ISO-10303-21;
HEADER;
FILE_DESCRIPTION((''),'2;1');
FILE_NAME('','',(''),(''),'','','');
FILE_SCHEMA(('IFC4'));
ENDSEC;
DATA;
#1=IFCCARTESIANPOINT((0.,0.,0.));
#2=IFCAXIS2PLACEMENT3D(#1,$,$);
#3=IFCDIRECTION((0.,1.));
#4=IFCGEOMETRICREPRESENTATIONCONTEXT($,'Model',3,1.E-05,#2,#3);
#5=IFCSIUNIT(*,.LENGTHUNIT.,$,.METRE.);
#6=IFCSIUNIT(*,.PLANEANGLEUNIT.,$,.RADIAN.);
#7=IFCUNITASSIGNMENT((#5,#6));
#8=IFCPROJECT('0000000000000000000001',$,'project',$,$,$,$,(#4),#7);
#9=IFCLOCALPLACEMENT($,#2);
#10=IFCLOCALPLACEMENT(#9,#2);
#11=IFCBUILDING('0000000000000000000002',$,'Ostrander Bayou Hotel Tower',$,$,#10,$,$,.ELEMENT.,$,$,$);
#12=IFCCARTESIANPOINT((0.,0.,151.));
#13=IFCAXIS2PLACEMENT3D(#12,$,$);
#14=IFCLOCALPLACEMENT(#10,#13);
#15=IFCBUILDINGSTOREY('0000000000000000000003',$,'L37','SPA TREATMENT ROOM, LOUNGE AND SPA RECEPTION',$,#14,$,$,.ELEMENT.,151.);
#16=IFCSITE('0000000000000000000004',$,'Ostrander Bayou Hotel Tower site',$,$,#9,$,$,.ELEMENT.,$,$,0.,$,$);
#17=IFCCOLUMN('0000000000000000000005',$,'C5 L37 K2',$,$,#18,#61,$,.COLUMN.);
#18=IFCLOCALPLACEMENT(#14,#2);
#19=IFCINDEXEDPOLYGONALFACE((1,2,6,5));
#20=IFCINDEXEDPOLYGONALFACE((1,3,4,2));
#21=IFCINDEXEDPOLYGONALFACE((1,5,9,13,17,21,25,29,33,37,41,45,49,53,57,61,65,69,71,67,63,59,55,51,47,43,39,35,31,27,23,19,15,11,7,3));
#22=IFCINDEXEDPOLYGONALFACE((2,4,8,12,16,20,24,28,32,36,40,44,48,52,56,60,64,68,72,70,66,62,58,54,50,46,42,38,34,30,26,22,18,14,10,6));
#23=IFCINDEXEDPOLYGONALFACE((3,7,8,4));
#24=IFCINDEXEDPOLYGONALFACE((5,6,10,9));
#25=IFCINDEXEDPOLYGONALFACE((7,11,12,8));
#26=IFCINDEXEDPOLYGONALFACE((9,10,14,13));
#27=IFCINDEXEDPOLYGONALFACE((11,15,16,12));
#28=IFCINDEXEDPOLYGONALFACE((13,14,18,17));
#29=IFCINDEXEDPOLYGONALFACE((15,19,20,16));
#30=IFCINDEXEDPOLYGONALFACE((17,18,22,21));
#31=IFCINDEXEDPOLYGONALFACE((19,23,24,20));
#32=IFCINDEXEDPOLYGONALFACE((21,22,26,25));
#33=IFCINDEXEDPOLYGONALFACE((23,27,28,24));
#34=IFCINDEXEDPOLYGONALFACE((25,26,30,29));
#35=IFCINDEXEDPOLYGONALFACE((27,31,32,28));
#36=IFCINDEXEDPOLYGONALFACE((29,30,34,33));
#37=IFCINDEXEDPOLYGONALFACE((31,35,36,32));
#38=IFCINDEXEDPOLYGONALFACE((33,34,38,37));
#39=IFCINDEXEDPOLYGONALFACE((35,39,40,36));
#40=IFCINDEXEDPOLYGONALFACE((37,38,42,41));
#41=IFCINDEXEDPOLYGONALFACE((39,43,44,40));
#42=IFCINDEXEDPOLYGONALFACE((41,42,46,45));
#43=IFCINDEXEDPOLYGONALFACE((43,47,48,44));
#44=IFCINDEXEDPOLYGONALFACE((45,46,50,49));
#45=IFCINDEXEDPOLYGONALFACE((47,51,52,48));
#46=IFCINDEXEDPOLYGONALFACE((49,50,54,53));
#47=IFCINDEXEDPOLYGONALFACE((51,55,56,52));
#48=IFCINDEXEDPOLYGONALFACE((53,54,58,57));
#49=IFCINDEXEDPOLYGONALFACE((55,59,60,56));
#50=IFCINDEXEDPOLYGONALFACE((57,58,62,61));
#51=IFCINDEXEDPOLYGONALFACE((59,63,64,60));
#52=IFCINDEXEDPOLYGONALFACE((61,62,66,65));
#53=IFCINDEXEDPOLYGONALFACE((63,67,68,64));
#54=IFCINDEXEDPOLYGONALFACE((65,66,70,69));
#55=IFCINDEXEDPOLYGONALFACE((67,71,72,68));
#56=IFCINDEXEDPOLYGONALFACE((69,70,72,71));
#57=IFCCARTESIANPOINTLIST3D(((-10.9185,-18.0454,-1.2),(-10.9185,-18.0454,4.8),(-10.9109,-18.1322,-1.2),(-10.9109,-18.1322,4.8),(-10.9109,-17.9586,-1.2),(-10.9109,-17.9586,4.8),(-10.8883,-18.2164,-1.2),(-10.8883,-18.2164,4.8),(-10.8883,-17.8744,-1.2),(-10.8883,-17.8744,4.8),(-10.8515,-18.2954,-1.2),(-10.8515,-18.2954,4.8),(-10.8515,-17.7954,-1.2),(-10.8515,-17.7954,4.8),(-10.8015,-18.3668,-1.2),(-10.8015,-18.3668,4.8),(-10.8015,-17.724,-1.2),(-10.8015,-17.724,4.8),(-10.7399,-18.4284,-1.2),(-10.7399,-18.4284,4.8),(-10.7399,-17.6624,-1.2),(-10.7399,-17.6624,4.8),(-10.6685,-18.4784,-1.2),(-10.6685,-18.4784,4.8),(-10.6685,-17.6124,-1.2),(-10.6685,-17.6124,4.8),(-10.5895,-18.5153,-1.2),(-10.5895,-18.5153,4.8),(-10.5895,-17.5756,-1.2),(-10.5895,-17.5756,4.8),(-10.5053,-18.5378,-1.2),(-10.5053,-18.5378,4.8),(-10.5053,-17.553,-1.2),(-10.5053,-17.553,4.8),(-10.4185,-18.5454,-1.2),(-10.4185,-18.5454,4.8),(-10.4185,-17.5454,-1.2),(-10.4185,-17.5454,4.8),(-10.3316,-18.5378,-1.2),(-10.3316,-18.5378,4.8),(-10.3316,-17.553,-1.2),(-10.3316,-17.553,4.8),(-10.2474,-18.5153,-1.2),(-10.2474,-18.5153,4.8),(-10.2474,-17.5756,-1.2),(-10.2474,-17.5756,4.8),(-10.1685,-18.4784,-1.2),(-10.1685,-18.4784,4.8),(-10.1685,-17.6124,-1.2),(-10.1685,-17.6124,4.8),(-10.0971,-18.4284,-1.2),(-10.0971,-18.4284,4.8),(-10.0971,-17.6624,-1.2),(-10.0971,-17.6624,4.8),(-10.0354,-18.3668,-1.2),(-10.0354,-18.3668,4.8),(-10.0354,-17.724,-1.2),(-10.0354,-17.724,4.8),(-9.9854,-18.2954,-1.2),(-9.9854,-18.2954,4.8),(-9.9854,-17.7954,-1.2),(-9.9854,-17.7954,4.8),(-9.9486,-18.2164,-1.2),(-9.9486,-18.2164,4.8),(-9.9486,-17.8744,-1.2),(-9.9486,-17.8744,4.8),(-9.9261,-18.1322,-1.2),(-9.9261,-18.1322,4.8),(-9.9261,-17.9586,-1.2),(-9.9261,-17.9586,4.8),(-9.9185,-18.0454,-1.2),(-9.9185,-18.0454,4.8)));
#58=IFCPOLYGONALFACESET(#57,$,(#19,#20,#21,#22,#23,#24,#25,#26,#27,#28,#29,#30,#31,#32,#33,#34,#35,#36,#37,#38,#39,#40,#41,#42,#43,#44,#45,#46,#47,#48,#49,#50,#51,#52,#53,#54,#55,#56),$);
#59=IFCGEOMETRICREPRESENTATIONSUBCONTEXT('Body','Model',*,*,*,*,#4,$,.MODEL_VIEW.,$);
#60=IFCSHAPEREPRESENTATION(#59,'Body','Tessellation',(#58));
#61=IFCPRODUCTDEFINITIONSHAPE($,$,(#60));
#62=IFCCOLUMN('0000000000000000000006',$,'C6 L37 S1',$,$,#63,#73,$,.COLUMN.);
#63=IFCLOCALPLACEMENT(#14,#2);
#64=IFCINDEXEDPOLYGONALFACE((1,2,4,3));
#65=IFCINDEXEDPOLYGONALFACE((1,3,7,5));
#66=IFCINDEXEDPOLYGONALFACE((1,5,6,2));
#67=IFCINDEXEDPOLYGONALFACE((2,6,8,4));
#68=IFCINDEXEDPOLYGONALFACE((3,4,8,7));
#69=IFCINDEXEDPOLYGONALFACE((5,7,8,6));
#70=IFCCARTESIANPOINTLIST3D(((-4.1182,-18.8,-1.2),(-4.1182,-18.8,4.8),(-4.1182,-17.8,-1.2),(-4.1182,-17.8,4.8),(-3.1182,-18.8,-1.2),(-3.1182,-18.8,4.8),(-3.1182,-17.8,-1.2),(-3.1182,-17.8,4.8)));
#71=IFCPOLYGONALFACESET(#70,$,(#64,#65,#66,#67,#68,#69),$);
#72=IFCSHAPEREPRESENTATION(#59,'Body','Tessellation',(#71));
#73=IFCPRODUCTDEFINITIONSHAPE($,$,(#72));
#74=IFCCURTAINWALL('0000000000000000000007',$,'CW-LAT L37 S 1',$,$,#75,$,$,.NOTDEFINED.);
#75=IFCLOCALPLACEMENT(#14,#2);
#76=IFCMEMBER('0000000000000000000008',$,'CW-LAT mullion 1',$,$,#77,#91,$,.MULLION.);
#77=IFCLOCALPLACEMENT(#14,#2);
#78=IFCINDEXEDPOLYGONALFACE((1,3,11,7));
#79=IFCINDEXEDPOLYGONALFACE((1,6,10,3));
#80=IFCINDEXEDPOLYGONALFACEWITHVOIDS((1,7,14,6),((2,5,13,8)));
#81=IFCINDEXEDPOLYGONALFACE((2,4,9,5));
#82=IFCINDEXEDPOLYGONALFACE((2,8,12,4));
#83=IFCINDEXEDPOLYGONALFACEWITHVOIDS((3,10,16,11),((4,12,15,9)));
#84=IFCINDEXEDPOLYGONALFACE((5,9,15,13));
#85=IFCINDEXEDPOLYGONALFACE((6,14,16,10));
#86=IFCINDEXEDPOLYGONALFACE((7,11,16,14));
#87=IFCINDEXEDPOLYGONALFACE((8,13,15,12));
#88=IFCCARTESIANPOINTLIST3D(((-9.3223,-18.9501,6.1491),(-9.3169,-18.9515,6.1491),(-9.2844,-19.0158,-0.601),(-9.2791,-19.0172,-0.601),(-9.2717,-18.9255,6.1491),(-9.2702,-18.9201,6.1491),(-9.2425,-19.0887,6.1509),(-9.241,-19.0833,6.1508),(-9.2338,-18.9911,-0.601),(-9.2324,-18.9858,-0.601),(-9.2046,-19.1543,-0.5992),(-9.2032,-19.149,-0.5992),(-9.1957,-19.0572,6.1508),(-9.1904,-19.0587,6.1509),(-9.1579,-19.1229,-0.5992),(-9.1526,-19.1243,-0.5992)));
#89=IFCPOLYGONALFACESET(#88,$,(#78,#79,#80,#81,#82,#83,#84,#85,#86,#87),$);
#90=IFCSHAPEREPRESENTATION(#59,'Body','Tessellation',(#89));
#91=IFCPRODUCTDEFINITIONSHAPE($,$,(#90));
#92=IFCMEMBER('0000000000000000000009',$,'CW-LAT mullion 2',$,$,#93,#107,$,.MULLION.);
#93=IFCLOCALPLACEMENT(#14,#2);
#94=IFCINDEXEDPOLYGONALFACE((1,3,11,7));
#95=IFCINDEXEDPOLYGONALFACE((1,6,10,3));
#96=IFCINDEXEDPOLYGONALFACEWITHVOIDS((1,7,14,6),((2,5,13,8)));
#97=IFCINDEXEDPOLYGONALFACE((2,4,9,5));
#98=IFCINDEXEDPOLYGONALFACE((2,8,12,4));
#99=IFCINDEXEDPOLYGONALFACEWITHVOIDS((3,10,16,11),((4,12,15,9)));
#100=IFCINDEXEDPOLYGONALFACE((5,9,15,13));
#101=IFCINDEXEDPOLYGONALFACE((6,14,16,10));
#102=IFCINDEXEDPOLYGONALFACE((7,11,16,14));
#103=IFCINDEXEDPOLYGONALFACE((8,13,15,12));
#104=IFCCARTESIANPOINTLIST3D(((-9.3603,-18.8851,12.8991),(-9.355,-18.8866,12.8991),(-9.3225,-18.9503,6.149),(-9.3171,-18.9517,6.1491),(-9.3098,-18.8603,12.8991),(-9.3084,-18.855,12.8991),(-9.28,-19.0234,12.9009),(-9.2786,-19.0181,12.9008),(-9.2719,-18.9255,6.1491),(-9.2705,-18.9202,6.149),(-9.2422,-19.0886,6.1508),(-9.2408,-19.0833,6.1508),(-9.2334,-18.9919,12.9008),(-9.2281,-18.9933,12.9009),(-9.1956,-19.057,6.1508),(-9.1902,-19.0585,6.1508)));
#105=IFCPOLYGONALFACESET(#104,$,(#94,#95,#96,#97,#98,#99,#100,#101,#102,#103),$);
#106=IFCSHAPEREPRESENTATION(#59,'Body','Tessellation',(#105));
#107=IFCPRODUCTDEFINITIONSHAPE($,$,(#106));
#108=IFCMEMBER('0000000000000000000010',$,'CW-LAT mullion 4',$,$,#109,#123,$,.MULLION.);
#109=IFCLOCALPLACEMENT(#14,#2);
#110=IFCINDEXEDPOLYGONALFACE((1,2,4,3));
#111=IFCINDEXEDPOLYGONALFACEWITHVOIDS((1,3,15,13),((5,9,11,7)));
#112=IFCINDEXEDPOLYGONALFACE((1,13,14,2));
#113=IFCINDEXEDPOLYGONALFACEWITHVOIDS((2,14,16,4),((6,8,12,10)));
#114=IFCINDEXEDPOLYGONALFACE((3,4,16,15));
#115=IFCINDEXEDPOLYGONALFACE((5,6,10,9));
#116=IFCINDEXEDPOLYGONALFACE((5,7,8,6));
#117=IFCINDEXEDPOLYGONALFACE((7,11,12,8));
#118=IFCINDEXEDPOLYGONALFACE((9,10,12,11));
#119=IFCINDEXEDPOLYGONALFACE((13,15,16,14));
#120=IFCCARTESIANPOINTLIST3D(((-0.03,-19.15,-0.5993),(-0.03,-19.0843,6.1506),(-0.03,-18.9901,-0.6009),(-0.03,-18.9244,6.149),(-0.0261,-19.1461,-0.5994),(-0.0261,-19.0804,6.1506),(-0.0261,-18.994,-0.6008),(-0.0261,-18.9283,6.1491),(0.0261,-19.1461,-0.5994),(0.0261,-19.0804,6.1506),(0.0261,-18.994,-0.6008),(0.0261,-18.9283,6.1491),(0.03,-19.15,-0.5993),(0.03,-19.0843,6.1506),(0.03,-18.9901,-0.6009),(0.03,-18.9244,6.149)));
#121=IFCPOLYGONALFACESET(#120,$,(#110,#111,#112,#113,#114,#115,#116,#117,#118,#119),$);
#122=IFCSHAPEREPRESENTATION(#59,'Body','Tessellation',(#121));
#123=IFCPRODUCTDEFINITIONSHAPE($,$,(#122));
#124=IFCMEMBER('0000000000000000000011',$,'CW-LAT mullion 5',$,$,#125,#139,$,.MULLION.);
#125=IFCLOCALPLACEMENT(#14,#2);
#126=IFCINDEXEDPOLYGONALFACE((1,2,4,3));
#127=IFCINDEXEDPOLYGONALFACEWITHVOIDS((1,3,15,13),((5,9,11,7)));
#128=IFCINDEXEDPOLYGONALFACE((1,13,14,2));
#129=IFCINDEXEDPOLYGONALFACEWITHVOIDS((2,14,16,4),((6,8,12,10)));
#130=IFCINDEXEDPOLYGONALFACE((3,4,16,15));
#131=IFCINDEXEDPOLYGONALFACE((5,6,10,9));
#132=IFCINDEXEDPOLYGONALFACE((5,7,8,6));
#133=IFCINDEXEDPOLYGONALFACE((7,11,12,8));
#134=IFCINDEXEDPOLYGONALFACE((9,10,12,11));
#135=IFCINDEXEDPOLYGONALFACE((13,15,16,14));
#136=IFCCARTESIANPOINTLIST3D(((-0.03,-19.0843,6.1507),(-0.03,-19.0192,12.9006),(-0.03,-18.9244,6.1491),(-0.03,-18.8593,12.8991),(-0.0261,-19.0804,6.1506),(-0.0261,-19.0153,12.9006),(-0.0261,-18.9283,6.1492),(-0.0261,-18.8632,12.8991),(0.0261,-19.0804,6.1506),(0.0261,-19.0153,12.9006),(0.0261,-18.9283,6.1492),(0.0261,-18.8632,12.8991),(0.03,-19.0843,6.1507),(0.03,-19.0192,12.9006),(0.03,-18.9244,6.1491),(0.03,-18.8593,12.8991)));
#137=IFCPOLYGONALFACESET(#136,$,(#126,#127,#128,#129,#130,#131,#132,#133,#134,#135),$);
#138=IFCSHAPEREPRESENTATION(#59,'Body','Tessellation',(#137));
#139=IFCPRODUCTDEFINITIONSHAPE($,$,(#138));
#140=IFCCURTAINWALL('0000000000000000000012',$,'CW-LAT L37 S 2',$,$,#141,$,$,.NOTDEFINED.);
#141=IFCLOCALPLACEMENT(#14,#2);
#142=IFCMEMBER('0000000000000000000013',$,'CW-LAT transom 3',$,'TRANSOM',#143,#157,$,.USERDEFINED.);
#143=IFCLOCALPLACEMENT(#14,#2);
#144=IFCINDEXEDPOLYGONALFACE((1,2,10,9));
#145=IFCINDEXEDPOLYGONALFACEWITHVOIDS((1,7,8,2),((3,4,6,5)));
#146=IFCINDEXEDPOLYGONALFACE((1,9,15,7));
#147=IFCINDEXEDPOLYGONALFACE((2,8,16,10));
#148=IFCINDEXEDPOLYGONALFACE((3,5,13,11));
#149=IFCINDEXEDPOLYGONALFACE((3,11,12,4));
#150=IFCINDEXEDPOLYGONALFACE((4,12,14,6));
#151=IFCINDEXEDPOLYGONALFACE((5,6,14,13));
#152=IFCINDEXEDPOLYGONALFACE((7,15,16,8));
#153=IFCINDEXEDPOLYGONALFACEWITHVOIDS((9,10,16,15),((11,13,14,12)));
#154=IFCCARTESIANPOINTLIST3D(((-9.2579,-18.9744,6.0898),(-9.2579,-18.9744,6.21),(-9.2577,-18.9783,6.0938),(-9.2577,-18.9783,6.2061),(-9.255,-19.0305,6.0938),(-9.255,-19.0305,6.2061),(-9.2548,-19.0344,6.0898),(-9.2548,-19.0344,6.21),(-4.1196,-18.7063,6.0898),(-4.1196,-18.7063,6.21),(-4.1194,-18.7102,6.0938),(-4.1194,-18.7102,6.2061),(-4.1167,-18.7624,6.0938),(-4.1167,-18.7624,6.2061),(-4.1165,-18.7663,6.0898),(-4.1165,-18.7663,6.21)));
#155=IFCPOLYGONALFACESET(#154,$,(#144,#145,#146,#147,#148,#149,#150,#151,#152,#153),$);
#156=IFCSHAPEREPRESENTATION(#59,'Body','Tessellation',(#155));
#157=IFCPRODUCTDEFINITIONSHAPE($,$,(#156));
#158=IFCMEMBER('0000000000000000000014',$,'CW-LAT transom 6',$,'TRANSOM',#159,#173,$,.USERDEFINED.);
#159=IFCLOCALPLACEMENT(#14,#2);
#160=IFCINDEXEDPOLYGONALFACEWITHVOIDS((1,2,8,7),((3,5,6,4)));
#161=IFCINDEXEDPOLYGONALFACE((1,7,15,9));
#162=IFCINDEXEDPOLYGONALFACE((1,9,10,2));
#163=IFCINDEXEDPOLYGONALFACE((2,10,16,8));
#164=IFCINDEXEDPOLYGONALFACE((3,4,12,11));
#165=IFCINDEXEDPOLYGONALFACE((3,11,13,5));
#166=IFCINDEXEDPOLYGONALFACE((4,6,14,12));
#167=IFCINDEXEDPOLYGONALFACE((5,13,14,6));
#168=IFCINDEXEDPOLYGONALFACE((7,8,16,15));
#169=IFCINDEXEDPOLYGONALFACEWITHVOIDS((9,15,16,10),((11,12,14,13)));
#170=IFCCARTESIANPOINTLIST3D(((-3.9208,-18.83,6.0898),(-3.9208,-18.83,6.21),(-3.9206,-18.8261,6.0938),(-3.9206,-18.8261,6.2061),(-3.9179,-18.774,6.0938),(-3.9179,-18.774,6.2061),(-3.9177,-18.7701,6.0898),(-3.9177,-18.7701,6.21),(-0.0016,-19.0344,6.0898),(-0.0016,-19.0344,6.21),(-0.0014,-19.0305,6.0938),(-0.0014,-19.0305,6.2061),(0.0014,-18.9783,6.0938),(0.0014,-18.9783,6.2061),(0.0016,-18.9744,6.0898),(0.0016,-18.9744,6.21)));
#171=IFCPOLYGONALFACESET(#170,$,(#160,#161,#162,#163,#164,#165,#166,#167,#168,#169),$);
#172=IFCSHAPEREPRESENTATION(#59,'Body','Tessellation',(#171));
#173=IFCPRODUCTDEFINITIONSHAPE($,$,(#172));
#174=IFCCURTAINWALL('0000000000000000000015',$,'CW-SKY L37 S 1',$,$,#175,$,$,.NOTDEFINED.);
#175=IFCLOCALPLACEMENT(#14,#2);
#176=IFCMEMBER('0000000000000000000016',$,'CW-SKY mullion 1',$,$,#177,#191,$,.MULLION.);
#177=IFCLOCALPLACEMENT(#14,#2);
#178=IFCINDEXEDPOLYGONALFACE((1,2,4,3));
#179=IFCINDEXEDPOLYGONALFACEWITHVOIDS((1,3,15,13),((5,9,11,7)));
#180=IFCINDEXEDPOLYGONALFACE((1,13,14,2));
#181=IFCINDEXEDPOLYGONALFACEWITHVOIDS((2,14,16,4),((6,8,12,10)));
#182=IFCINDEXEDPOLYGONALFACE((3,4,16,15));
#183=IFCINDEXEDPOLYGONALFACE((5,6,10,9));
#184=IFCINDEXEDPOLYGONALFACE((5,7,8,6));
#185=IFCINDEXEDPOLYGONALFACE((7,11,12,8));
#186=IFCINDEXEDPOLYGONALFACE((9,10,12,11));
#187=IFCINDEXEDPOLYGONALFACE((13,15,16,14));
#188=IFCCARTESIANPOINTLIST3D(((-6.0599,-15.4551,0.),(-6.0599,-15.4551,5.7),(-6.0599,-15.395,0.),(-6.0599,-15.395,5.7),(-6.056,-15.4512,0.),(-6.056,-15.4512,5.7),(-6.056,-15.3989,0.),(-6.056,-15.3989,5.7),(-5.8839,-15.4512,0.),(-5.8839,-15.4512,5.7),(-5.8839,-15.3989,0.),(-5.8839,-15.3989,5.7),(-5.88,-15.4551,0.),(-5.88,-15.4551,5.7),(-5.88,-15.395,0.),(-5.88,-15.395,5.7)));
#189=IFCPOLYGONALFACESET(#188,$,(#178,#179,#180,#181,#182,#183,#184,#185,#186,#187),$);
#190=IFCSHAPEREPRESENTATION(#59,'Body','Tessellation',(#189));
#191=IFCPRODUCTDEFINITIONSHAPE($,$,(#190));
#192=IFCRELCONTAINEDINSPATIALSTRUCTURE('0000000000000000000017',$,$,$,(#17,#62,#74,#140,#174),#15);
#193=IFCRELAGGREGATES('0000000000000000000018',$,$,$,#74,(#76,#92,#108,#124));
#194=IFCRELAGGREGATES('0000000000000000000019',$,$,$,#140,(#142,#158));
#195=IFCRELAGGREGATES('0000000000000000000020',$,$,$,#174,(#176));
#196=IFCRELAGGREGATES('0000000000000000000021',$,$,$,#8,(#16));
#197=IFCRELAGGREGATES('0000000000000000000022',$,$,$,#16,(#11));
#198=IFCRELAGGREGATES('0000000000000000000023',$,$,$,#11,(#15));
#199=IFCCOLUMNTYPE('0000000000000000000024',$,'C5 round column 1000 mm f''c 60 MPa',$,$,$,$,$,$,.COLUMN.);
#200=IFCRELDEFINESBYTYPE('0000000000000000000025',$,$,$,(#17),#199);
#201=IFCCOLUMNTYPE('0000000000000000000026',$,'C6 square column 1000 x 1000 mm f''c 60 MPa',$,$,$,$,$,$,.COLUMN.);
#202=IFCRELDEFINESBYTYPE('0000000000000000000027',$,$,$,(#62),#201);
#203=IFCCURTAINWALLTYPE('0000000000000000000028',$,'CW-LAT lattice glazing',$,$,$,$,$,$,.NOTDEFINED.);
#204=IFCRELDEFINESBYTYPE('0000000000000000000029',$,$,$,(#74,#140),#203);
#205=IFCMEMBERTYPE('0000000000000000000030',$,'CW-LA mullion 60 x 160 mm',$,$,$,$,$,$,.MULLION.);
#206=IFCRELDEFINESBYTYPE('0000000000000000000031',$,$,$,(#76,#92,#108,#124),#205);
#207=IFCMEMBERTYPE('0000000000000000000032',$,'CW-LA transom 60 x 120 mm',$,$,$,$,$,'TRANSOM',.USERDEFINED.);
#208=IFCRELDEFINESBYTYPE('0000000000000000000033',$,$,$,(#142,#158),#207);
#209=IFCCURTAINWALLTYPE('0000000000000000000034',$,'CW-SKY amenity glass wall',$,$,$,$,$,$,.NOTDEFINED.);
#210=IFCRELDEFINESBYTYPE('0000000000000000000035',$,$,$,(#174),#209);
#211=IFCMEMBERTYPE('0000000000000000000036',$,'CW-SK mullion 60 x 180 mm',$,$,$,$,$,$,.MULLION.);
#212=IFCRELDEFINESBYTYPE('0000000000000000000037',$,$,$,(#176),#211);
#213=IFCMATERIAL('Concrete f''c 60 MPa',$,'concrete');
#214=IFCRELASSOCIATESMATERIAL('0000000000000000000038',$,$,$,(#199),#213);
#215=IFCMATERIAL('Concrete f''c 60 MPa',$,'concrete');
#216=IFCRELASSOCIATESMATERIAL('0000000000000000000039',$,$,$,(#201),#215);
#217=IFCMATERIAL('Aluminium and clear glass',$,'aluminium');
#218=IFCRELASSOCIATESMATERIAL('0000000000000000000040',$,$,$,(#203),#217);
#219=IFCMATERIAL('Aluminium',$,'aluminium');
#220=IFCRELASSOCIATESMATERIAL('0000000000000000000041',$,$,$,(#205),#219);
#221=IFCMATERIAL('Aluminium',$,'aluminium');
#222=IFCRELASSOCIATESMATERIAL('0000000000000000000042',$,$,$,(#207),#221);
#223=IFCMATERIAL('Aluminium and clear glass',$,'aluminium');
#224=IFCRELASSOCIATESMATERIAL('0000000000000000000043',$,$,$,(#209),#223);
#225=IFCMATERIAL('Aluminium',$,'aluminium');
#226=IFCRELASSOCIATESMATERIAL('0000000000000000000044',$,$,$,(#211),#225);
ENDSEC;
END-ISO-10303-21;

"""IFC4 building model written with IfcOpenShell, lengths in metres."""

from ifc_helpers import new_model, si_unit, direction, frame, origin, origin_2d, place, context, subcontext, project, spatial, rectangle, hollow_rectangle, circle, extrude, material, material_profile, profile_set, type_object, element, aggregate, save


model = new_model("IFC4")

# Units and contexts
model_context = context("Model", 3, precision=1e-05, world=origin(), true_north=direction((0.0, 1.0)))
body_context = subcontext(model_context, "Body", "Model", "MODEL_VIEW")
ifc_project = project(units=[si_unit("LENGTHUNIT", "METRE"), si_unit("PLANEANGLEUNIT", "RADIAN")], contexts=[model_context])

# Site, building, storey
site_placement = place(None, origin())
site = spatial("IfcSite", under=ifc_project, at=site_placement, Name="Ostrander Bayou Hotel Tower site", CompositionType="ELEMENT", RefElevation=0.0)
building_placement = place(site_placement, origin())
building = spatial("IfcBuilding", under=site, at=building_placement, Name="Ostrander Bayou Hotel Tower", CompositionType="ELEMENT")
storey_placement = place(building_placement, frame((0.0, 0.0, 151.0)))
storey = spatial("IfcBuildingStorey", under=building, at=storey_placement, Name="L37", Description="SPA TREATMENT ROOM, LOUNGE AND SPA RECEPTION", CompositionType="ELEMENT", Elevation=151.0)

# Columns
ifc_material_1 = material(Name="Concrete f'c 60 MPa", Category="concrete")
ifc_material_profile_1 = material_profile(ifc_material_1, circle(Radius=0.5, at=origin_2d()))
ifc_profile_set_1 = profile_set([ifc_material_profile_1], Name="Concrete f'c 60 MPa")
column_type_1 = type_object("IfcColumnType", Name="C5 round column 1000 mm f'c 60 MPa", PredefinedType="COLUMN", material=ifc_profile_set_1)
column_1_placement = place(storey_placement, frame((-10.4185, -18.0454, -1.2), z_axis=(0.0, 0.0, 1.0), x_axis=(1.0, 0.0, 0.0)))
element("IfcColumn", 1, at=column_1_placement, inside=storey, type_object=column_type_1, Name="C5 L37 K2", PredefinedType="COLUMN", context=body_context, shape_type="SweptSolid", body=[
    extrude(circle(Radius=0.5, at=origin_2d()), origin(), (0.0, 0.0, 1.0), 6.0),
])
ifc_material_2 = material(Name="Concrete f'c 60 MPa", Category="concrete")
ifc_material_profile_2 = material_profile(ifc_material_2, rectangle(XDim=1.0, YDim=1.0, at=origin_2d()))
ifc_profile_set_2 = profile_set([ifc_material_profile_2], Name="Concrete f'c 60 MPa")
column_type_2 = type_object("IfcColumnType", Name="C6 square column 1000 x 1000 mm f'c 60 MPa", PredefinedType="COLUMN", material=ifc_profile_set_2)
column_2_placement = place(storey_placement, frame((-3.6182, -18.3, -1.2), z_axis=(0.0, 0.0, 1.0), x_axis=(-1.0, 0.0, 0.0)))
element("IfcColumn", 2, at=column_2_placement, inside=storey, type_object=column_type_2, Name="C6 L37 S1", PredefinedType="COLUMN", context=body_context, shape_type="SweptSolid", body=[
    extrude(rectangle(XDim=1.0, YDim=1.0, at=origin_2d()), origin(), (0.0, 0.0, 1.0), 6.0),
])

# Curtain walls, members
ifc_material_3 = material(Name="Aluminium and clear glass", Category="aluminium")
curtain_wall_type_1 = type_object("IfcCurtainWallType", Name="CW-LAT lattice glazing", PredefinedType="NOTDEFINED", material=ifc_material_3)
curtain_wall_1_placement = place(storey_placement, origin())
curtain_wall_1 = element("IfcCurtainWall", 3, at=curtain_wall_1_placement, inside=storey, type_object=curtain_wall_type_1, Name="CW-LAT L37 S 1", PredefinedType="NOTDEFINED")
ifc_material_4 = material(Name="Aluminium", Category="aluminium")
ifc_material_profile_3 = material_profile(ifc_material_4, hollow_rectangle(XDim=0.0601, YDim=0.1599, WallThickness=0.0039, at=origin_2d()))
ifc_profile_set_3 = profile_set([ifc_material_profile_3], Name="Aluminium")
member_type_1 = type_object("IfcMemberType", Name="CW-LA mullion 60 x 160 mm", PredefinedType="MULLION", material=ifc_profile_set_3)
member_1_placement = place(storey_placement, frame((-9.2185, -19.0701, -0.6001), z_axis=(-0.005606, 0.009729, 0.999937), x_axis=(-0.866454, -0.499258, 0.0)))
member_1 = element("IfcMember", 4, at=member_1_placement, type_object=member_type_1, Name="CW-LAT mullion 1", PredefinedType="MULLION", context=body_context, shape_type="SweptSolid", body=[
    extrude(hollow_rectangle(XDim=0.0601, YDim=0.1599, WallThickness=0.0039, at=origin_2d()), origin(), (0.0, 0.0, 1.0), 6.7505),
])
member_2_placement = place(storey_placement, frame((-9.2563, -19.0044, 6.1499), z_axis=(-0.005606, 0.009657, 0.999938), x_axis=(-0.864834, -0.502057, 0.0)))
member_2 = element("IfcMember", 5, at=member_2_placement, type_object=member_type_1, Name="CW-LAT mullion 2", PredefinedType="MULLION", context=body_context, shape_type="SweptSolid", body=[
    extrude(hollow_rectangle(XDim=0.0601, YDim=0.1599, WallThickness=0.0039, at=origin_2d()), origin(), (0.0, 0.0, 1.0), 6.7505),
])
member_3_placement = place(storey_placement, frame((0.0, -19.0701, -0.6001), z_axis=(0.0, 0.009729, 0.999953), x_axis=(-1.0, 0.0, 0.0)))
member_3 = element("IfcMember", 6, at=member_3_placement, type_object=member_type_1, Name="CW-LAT mullion 4", PredefinedType="MULLION", context=body_context, shape_type="SweptSolid", body=[
    extrude(hollow_rectangle(XDim=0.0601, YDim=0.1599, WallThickness=0.0039, at=origin_2d()), origin(), (0.0, 0.0, 1.0), 6.7502),
])
member_4_placement = place(storey_placement, frame((0.0, -19.0044, 6.1499), z_axis=(0.0, 0.009657, 0.999953), x_axis=(-1.0, 0.0, 0.0)))
member_4 = element("IfcMember", 7, at=member_4_placement, type_object=member_type_1, Name="CW-LAT mullion 5", PredefinedType="MULLION", context=body_context, shape_type="SweptSolid", body=[
    extrude(hollow_rectangle(XDim=0.0601, YDim=0.1599, WallThickness=0.0039, at=origin_2d()), origin(), (0.0, 0.0, 1.0), 6.7502),
])
curtain_wall_2_placement = place(storey_placement, origin())
curtain_wall_2 = element("IfcCurtainWall", 8, at=curtain_wall_2_placement, inside=storey, type_object=curtain_wall_type_1, Name="CW-LAT L37 S 2", PredefinedType="NOTDEFINED")
ifc_material_5 = material(Name="Aluminium", Category="aluminium")
ifc_material_profile_4 = material_profile(ifc_material_5, hollow_rectangle(XDim=0.0601, YDim=0.1201, WallThickness=0.0039, at=origin_2d()))
ifc_profile_set_4 = profile_set([ifc_material_profile_4], Name="Aluminium")
member_type_2 = type_object("IfcMemberType", Name="CW-LA transom 60 x 120 mm", ElementType="TRANSOM", PredefinedType="USERDEFINED", material=ifc_profile_set_4)
member_5_placement = place(storey_placement, frame((-9.2563, -19.0044, 6.1499), z_axis=(0.998642, 0.052101, 0.0), x_axis=(-0.052101, 0.998642, 0.0)))
member_5 = element("IfcMember", 9, at=member_5_placement, type_object=member_type_2, Name="CW-LAT transom 3", ObjectType="TRANSOM", PredefinedType="USERDEFINED", context=body_context, shape_type="SweptSolid", body=[
    extrude(hollow_rectangle(XDim=0.0601, YDim=0.1201, WallThickness=0.0039, at=origin_2d()), origin(), (0.0, 0.0, 1.0), 5.1453),
])
member_6_placement = place(storey_placement, frame((0.0, -19.0044, 6.1499), z_axis=(-0.998643, 0.052069, 0.0), x_axis=(-0.052069, -0.998643, 0.0)))
member_6 = element("IfcMember", 10, at=member_6_placement, type_object=member_type_2, Name="CW-LAT transom 6", ObjectType="TRANSOM", PredefinedType="USERDEFINED", context=body_context, shape_type="SweptSolid", body=[
    extrude(hollow_rectangle(XDim=0.0601, YDim=0.1201, WallThickness=0.0039, at=origin_2d()), origin(), (0.0, 0.0, 1.0), 3.9246),
])
ifc_material_6 = material(Name="Aluminium and clear glass", Category="aluminium")
curtain_wall_type_2 = type_object("IfcCurtainWallType", Name="CW-SKY amenity glass wall", PredefinedType="NOTDEFINED", material=ifc_material_6)
curtain_wall_3_placement = place(storey_placement, origin())
curtain_wall_3 = element("IfcCurtainWall", 11, at=curtain_wall_3_placement, inside=storey, type_object=curtain_wall_type_2, Name="CW-SKY L37 S 1", PredefinedType="NOTDEFINED")
ifc_material_7 = material(Name="Aluminium", Category="aluminium")
ifc_material_profile_5 = material_profile(ifc_material_7, hollow_rectangle(XDim=0.0601, YDim=0.1799, WallThickness=0.0039, at=origin_2d()))
ifc_profile_set_5 = profile_set([ifc_material_profile_5], Name="Aluminium")
member_type_3 = type_object("IfcMemberType", Name="CW-SK mullion 60 x 180 mm", PredefinedType="MULLION", material=ifc_profile_set_5)
member_7_placement = place(storey_placement, frame((-5.97, -15.425, 0.0), z_axis=(0.0, 0.0, 1.0), x_axis=(0.0, 1.0, 0.0)))
member_7 = element("IfcMember", 12, at=member_7_placement, type_object=member_type_3, Name="CW-SKY mullion 1", PredefinedType="MULLION", context=body_context, shape_type="SweptSolid", body=[
    extrude(hollow_rectangle(XDim=0.0601, YDim=0.1799, WallThickness=0.0039, at=origin_2d()), origin(), (0.0, 0.0, 1.0), 5.7),
])

aggregate(curtain_wall_1, [member_1, member_2, member_3, member_4])
aggregate(curtain_wall_2, [member_5, member_6])
aggregate(curtain_wall_3, [member_7])

save(model, "model.ifc")
